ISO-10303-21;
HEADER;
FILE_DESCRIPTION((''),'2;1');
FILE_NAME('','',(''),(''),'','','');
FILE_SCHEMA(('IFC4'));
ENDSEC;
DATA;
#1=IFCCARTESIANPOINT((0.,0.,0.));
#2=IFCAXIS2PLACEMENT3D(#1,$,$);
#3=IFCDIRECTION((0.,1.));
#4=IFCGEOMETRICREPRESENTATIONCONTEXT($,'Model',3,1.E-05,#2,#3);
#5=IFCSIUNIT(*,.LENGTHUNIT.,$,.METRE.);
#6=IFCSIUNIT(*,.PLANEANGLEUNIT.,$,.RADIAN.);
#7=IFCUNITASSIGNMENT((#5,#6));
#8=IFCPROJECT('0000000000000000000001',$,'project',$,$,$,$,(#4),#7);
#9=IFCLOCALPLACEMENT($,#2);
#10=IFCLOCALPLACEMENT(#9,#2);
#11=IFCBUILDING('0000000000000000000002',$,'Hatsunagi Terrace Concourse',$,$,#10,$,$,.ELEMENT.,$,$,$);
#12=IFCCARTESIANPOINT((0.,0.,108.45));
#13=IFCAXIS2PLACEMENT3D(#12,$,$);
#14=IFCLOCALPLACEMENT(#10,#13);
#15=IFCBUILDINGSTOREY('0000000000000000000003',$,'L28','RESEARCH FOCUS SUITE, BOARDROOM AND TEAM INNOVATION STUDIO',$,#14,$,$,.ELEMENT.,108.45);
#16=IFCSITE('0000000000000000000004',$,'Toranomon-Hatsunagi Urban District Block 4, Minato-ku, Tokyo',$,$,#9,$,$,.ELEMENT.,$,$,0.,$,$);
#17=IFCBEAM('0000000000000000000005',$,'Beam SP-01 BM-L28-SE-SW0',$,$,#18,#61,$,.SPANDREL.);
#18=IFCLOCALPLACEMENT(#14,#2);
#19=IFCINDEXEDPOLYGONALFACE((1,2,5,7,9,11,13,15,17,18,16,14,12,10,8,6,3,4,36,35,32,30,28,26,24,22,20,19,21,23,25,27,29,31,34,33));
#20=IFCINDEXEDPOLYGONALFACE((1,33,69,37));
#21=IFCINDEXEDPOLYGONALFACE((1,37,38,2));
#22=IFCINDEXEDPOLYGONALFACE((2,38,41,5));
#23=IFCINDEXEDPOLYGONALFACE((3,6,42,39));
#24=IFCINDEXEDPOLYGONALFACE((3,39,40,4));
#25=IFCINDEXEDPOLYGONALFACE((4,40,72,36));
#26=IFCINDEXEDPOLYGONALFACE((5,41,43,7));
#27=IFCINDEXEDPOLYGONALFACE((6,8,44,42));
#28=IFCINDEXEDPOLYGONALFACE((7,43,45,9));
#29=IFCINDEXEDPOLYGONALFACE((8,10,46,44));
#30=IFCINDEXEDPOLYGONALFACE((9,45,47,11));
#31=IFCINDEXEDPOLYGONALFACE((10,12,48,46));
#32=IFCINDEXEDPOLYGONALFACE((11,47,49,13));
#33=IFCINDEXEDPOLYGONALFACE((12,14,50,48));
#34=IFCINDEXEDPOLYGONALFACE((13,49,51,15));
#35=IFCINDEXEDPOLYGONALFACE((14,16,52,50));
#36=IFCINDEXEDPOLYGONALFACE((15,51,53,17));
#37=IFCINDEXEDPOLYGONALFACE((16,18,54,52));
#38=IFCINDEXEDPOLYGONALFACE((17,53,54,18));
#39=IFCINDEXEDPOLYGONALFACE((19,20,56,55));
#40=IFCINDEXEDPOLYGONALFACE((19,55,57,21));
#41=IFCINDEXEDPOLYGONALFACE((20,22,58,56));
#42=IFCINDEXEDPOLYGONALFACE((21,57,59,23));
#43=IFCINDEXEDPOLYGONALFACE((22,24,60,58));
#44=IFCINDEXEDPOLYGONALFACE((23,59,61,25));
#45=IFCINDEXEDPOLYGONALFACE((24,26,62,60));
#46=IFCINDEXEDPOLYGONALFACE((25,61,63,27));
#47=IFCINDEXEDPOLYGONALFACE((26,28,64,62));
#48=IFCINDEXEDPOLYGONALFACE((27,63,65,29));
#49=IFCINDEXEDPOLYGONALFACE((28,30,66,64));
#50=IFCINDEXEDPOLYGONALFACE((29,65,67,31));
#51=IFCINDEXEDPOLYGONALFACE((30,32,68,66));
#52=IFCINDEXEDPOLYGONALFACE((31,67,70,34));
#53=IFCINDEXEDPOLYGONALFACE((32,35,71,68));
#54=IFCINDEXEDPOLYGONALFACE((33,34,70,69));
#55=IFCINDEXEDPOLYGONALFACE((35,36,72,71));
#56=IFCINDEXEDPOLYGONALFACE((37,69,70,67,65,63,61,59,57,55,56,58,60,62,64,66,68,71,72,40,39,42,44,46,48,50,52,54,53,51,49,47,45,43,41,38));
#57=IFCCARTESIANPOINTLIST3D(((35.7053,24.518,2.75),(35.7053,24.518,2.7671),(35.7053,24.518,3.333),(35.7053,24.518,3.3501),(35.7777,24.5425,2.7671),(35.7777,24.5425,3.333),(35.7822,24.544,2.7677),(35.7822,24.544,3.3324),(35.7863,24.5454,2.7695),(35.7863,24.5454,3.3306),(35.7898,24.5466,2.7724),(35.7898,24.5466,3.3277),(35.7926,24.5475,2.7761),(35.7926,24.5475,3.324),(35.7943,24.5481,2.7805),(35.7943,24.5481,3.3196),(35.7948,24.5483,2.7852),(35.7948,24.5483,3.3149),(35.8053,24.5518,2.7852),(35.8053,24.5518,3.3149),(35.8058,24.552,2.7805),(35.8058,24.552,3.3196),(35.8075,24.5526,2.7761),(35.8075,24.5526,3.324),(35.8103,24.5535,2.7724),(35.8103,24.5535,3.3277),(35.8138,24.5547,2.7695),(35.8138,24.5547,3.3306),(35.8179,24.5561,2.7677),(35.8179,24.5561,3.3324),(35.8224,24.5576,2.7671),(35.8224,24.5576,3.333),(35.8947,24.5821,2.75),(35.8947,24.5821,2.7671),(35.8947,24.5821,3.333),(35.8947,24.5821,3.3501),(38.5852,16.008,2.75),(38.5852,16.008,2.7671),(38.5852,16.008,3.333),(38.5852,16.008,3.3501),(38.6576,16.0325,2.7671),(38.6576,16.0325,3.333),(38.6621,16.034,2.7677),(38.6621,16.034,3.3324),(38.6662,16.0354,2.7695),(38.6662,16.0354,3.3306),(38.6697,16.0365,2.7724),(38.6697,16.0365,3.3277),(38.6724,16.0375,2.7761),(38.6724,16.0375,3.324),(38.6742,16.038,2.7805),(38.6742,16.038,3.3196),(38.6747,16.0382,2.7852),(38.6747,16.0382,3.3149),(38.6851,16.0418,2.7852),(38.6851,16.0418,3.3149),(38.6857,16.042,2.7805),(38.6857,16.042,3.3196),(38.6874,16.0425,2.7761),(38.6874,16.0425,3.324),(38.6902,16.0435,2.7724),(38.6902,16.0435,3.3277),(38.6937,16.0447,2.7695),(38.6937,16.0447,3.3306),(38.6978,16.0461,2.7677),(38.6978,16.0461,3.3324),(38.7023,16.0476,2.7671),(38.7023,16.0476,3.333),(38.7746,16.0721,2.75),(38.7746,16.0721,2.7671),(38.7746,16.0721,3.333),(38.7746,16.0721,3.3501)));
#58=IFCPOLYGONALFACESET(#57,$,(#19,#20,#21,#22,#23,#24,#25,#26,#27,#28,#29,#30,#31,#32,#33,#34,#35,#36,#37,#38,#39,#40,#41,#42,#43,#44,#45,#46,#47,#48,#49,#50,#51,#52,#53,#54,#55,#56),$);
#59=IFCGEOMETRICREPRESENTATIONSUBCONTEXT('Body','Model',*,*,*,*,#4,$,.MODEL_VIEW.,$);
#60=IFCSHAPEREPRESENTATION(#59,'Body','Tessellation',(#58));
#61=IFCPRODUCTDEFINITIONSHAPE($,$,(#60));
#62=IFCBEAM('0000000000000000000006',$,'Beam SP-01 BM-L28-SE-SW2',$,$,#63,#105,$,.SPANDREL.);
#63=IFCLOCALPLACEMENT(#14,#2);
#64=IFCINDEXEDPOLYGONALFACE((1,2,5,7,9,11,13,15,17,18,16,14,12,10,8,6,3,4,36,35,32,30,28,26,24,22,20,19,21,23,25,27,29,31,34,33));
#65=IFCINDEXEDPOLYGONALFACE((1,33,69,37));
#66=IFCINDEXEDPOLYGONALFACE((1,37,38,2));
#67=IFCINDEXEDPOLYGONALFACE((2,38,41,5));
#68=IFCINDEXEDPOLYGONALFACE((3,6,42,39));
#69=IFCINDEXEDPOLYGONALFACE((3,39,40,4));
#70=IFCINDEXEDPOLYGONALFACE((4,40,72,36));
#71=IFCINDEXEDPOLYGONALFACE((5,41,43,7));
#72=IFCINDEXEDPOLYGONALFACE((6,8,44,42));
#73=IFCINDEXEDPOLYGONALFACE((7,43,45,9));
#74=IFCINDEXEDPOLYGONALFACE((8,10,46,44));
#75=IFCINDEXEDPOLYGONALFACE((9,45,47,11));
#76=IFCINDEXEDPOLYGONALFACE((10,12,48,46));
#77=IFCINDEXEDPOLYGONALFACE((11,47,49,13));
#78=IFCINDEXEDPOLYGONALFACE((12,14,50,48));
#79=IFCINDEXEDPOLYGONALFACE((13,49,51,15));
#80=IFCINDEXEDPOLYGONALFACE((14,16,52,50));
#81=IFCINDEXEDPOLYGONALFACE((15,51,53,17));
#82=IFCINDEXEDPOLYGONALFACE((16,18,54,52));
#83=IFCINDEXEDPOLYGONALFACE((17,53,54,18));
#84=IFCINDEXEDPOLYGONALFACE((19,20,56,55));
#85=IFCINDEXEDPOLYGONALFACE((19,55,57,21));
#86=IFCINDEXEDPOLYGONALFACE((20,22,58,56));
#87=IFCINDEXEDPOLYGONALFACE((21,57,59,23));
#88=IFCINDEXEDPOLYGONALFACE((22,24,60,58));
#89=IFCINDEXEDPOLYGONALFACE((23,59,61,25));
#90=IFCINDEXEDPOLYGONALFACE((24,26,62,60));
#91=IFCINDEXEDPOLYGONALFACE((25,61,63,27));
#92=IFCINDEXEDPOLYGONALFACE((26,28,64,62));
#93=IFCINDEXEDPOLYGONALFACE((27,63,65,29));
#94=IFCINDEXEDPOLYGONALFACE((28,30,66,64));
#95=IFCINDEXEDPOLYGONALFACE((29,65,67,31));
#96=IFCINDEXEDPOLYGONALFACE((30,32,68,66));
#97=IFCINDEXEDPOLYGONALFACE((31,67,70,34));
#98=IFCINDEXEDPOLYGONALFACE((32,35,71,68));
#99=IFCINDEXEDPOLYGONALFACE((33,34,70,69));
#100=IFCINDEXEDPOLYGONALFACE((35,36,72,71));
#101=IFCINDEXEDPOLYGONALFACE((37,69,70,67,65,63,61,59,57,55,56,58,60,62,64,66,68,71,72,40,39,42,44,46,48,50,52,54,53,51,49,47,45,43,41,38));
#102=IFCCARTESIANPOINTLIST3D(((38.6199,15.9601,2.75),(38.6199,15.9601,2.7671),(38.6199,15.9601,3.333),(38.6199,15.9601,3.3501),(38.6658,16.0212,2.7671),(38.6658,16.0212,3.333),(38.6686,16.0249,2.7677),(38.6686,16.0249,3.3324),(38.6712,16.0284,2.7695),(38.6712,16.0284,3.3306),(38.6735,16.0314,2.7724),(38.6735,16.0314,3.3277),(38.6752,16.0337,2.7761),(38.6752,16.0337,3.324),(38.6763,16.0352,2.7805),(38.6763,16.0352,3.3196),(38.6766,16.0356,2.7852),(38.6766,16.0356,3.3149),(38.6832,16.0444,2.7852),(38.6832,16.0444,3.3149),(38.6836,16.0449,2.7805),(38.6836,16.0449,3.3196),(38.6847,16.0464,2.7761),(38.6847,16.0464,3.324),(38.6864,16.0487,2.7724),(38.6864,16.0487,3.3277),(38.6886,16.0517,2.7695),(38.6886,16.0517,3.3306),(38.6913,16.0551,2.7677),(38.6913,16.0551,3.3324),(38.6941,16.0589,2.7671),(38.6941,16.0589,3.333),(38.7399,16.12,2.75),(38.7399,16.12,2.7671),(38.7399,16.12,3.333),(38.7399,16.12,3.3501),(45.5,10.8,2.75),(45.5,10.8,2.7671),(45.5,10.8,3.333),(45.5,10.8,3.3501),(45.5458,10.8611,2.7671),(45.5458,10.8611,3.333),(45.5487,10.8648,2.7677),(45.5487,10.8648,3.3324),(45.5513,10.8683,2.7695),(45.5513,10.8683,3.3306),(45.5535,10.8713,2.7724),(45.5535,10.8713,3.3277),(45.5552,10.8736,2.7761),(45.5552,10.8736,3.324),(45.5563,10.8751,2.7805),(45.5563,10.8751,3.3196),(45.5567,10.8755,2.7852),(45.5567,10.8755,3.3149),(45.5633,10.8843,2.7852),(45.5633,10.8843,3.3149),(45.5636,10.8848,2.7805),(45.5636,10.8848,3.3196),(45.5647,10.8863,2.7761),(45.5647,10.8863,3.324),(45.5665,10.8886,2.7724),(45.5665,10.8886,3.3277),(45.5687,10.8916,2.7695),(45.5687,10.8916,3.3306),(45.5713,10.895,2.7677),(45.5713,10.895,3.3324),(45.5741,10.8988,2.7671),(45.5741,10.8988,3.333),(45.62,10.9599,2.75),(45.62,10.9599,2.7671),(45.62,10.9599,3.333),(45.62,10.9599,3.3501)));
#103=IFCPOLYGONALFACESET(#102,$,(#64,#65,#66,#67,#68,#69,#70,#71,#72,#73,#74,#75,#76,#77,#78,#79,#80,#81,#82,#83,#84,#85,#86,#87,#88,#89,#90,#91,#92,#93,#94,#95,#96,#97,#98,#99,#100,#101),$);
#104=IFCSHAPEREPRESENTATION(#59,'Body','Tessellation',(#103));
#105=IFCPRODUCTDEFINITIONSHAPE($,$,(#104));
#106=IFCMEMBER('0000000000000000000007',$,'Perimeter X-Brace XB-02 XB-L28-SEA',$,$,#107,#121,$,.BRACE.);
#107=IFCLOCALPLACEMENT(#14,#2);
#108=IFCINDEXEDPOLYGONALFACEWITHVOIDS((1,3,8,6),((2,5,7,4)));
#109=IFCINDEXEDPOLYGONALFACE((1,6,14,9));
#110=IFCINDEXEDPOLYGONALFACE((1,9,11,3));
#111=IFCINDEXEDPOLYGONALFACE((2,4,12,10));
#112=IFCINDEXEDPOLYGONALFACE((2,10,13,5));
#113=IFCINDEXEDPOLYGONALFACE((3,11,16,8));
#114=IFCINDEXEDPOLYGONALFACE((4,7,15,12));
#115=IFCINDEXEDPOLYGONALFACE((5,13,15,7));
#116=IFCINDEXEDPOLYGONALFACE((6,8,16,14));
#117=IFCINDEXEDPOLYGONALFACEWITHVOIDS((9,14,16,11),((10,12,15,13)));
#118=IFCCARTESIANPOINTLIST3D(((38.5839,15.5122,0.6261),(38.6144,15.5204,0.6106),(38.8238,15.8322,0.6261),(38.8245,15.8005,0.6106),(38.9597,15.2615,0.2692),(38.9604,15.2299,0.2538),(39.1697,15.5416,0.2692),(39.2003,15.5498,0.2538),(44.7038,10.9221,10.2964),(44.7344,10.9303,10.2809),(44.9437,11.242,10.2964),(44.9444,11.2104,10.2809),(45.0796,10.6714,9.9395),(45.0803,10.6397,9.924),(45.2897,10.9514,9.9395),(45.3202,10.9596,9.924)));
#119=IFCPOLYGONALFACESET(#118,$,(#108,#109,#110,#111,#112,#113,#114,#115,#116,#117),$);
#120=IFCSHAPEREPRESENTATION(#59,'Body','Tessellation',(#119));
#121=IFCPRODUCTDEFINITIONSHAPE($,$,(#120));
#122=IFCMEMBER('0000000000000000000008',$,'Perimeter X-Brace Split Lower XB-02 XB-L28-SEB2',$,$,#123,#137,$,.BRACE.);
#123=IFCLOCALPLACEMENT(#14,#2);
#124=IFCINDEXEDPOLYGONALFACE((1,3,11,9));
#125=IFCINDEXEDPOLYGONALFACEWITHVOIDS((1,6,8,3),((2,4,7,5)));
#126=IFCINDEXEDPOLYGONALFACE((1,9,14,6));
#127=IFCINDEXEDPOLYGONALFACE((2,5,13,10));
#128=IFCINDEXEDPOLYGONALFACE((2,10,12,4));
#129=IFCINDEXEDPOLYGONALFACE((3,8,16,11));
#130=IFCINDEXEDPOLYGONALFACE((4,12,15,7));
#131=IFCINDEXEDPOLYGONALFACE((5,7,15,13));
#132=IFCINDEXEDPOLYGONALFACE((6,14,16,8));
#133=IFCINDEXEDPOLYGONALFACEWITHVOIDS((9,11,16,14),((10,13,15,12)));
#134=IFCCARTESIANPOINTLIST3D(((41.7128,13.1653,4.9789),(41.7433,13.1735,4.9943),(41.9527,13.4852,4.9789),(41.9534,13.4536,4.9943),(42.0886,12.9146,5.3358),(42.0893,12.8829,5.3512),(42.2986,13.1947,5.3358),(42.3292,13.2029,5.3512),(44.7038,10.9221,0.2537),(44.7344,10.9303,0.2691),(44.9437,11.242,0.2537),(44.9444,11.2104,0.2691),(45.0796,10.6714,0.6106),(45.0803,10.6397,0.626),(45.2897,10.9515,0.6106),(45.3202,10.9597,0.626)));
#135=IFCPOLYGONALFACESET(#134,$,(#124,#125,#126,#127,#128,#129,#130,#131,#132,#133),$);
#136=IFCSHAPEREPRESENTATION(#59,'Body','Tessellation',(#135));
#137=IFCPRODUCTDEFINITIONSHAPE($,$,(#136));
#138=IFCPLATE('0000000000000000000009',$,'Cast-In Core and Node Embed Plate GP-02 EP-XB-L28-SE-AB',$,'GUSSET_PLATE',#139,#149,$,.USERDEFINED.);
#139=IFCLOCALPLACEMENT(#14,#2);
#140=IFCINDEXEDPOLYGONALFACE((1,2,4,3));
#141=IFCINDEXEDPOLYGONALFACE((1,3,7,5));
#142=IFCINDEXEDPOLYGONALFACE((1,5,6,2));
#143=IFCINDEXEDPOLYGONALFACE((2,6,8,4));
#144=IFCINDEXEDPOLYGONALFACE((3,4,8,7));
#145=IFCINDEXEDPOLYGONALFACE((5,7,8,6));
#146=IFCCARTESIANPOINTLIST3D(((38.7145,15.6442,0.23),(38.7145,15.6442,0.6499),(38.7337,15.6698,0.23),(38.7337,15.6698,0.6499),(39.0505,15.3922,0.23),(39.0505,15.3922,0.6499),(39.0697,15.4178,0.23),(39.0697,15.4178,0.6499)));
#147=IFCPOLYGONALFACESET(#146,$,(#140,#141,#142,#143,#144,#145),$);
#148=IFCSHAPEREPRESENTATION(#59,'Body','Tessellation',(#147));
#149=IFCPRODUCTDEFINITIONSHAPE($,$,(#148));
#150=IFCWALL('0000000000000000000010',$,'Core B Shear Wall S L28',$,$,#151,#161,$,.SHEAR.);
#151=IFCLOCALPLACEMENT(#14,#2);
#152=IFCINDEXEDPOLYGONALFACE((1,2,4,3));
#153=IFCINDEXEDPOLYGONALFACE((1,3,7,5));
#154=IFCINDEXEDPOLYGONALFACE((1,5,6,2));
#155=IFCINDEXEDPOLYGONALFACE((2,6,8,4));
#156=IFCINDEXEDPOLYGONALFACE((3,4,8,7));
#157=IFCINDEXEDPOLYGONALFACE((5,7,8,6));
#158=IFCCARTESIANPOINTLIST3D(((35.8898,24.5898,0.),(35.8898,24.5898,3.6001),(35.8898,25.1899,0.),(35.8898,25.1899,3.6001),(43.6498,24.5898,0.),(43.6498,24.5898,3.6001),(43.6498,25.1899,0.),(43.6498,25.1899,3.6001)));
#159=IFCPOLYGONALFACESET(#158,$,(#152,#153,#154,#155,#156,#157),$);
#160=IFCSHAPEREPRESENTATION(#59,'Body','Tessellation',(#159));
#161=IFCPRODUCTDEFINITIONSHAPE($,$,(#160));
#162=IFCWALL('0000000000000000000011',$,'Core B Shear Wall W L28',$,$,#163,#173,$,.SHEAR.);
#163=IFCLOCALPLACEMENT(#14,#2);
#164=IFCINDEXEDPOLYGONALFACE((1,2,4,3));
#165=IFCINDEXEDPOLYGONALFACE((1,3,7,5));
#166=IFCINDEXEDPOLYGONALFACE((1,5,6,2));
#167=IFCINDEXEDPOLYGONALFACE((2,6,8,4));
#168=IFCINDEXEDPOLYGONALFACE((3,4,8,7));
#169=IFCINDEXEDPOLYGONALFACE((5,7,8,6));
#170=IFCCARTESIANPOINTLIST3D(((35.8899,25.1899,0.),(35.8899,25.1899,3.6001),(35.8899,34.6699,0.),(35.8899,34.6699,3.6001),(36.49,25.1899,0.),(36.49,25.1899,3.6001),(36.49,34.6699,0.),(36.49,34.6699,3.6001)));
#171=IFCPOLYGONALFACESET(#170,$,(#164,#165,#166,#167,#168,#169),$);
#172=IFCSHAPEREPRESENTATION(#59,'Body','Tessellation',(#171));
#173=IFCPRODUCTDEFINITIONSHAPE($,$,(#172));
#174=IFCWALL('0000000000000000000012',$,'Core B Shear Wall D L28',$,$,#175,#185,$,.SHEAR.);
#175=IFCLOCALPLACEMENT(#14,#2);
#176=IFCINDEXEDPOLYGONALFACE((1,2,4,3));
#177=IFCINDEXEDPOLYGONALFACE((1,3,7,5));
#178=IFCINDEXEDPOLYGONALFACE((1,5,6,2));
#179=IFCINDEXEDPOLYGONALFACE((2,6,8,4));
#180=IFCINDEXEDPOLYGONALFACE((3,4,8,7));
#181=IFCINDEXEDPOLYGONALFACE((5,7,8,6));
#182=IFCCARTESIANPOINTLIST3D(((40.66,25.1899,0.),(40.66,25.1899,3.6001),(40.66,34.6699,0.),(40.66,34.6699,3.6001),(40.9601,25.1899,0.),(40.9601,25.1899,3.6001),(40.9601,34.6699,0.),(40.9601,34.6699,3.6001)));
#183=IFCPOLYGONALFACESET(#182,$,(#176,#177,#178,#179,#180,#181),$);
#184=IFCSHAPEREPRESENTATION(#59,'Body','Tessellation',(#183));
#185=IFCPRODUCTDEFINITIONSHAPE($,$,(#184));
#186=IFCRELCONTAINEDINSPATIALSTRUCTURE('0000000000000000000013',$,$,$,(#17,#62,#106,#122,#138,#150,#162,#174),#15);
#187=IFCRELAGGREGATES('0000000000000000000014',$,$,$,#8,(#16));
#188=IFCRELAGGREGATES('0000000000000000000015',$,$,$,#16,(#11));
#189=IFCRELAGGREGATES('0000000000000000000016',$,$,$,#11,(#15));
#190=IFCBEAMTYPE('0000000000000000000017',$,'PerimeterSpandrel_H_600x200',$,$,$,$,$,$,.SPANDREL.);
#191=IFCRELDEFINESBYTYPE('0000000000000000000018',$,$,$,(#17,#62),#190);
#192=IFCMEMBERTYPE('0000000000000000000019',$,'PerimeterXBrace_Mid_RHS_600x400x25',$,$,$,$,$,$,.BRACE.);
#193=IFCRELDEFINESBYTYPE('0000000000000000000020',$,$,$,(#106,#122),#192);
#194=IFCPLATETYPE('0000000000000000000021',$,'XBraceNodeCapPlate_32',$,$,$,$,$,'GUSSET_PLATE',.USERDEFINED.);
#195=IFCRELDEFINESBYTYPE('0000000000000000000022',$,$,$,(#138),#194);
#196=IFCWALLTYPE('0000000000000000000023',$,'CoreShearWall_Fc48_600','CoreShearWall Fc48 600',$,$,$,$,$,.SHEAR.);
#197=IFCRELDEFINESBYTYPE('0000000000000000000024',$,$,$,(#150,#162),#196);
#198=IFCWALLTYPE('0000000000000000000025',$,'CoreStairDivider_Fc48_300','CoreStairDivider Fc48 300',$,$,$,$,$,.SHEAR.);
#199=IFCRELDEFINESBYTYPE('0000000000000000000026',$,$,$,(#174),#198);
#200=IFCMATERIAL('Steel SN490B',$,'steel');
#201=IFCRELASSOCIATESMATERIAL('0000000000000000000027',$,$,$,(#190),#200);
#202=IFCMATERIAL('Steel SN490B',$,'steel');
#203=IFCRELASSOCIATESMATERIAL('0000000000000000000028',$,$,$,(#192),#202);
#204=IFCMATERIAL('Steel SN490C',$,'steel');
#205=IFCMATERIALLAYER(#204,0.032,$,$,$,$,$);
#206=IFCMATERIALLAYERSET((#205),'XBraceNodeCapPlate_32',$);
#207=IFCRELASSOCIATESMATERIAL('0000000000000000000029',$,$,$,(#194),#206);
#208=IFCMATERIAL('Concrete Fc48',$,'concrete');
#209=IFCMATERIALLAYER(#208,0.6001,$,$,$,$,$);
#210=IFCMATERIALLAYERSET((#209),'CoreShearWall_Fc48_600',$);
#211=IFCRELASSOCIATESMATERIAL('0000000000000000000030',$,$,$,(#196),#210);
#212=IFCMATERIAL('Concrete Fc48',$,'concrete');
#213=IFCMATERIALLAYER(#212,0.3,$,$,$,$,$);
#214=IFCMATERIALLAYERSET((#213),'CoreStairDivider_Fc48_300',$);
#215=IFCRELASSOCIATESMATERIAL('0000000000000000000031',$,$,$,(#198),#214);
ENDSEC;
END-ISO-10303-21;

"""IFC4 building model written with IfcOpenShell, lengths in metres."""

from ifc_helpers import new_model, si_unit, direction, frame, frame_2d, origin, origin_2d, place, context, subcontext, project, spatial, rectangle, hollow_rectangle, i_section, extrude, material, layer, layer_set, material_profile, profile_set, type_object, element, save


model = new_model("IFC4")

# Units and contexts
model_context = context("Model", 3, precision=1e-05, world=origin(), true_north=direction((0.0, 1.0)))
body_context = subcontext(model_context, "Body", "Model", "MODEL_VIEW")
ifc_project = project(units=[si_unit("LENGTHUNIT", "METRE"), si_unit("PLANEANGLEUNIT", "RADIAN")], contexts=[model_context])

# Site, building, storey
site_placement = place(None, origin())
site = spatial("IfcSite", under=ifc_project, at=site_placement, Name="Toranomon-Hatsunagi Urban District Block 4, Minato-ku, Tokyo", CompositionType="ELEMENT", RefElevation=0.0)
building_placement = place(site_placement, origin())
building = spatial("IfcBuilding", under=site, at=building_placement, Name="Hatsunagi Terrace Concourse", CompositionType="ELEMENT")
storey_placement = place(building_placement, frame((0.0, 0.0, 108.45)))
storey = spatial("IfcBuildingStorey", under=building, at=storey_placement, Name="L28", Description="RESEARCH FOCUS SUITE, BOARDROOM AND TEAM INNOVATION STUDIO", CompositionType="ELEMENT", Elevation=108.45)

# Beams
ifc_material_1 = material(Name="Steel SN490B", Category="steel")
ifc_material_profile_1 = material_profile(ifc_material_1, i_section(OverallWidth=0.2, OverallDepth=0.6001, WebThickness=0.011, FlangeThickness=0.0171, FilletRadius=0.0181, at=origin_2d()), Name="H-600x200x11x17")
ifc_profile_set_1 = profile_set([ifc_material_profile_1], Name="Steel SN490B")
beam_type_1 = type_object("IfcBeamType", Name="PerimeterSpandrel_H_600x200", PredefinedType="SPANDREL", material=ifc_profile_set_1)
beam_1_placement = place(storey_placement, frame((35.8, 24.55, 3.05), z_axis=(0.320553, -0.94723, 0.0), x_axis=(0.94723, 0.320553, 0.0)))
element("IfcBeam", 1, at=beam_1_placement, inside=storey, type_object=beam_type_1, Name="Beam SP-01 BM-L28-SE-SW0", PredefinedType="SPANDREL", context=body_context, shape_type="SweptSolid", body=[
    extrude(i_section(OverallWidth=0.2, OverallDepth=0.6001, WebThickness=0.011, FlangeThickness=0.0171, FilletRadius=0.0181, at=origin_2d()), origin(), (0.0, 0.0, 1.0), 8.9841),
])
beam_2_placement = place(storey_placement, frame((38.6799, 16.04, 3.05), z_axis=(0.799997, -0.600005, 0.0), x_axis=(0.600005, 0.799997, 0.0)))
element("IfcBeam", 2, at=beam_2_placement, inside=storey, type_object=beam_type_1, Name="Beam SP-01 BM-L28-SE-SW2", PredefinedType="SPANDREL", context=body_context, shape_type="SweptSolid", body=[
    extrude(i_section(OverallWidth=0.2, OverallDepth=0.6001, WebThickness=0.011, FlangeThickness=0.0171, FilletRadius=0.0181, at=origin_2d()), origin(), (0.0, 0.0, 1.0), 8.6001),
])

# Members
ifc_material_2 = material(Name="Steel SN490B", Category="steel")
ifc_material_profile_2 = material_profile(ifc_material_2, hollow_rectangle(XDim=0.3999, YDim=0.6001, WallThickness=0.0249, at=origin_2d()), Name="RHS-600x400x25")
ifc_profile_set_2 = profile_set([ifc_material_profile_2], Name="Steel SN490B")
member_type = type_object("IfcMemberType", Name="PerimeterXBrace_Mid_RHS_600x400x25", PredefinedType="BRACE", material=ifc_profile_set_2)
member_1_placement = place(storey_placement, frame((38.8921, 15.531, 0.4399), z_axis=(0.496332, -0.372264, 0.784267), x_axis=(0.600015, 0.799989, 0.0)))
element("IfcMember", 3, at=member_1_placement, inside=storey, type_object=member_type, Name="Perimeter X-Brace XB-02 XB-L28-SEA", PredefinedType="BRACE", context=body_context, shape_type="SweptSolid", body=[
    extrude(hollow_rectangle(XDim=0.3999, YDim=0.6001, WallThickness=0.0249, at=origin_2d()), origin(), (0.0, 0.0, 1.0), 12.3303),
])
member_2_placement = place(storey_placement, frame((42.021, 13.1841, 5.165), z_axis=(0.496401, -0.372291, -0.78421), x_axis=(0.59999, 0.800008, 0.0)))
element("IfcMember", 4, at=member_2_placement, inside=storey, type_object=member_type, Name="Perimeter X-Brace Split Lower XB-02 XB-L28-SEB2", PredefinedType="BRACE", context=body_context, shape_type="SweptSolid", body=[
    extrude(hollow_rectangle(XDim=0.3999, YDim=0.6001, WallThickness=0.0249, at=origin_2d()), origin(), (0.0, 0.0, 1.0), 6.0254),
])

# Plate
ifc_material_3 = material(Name="Steel SN490C", Category="steel")
ifc_layer_1 = layer(ifc_material_3, 0.032)
ifc_layer_set_1 = layer_set([ifc_layer_1], Name="XBraceNodeCapPlate_32")
plate_type = type_object("IfcPlateType", Name="XBraceNodeCapPlate_32", ElementType="GUSSET_PLATE", PredefinedType="USERDEFINED", material=ifc_layer_set_1)
plate_placement = place(storey_placement, frame((38.8921, 15.531, 0.23), z_axis=(0.0, 0.0, 1.0), x_axis=(0.8, -0.6, 0.0)))
element("IfcPlate", 5, at=plate_placement, inside=storey, type_object=plate_type, Name="Cast-In Core and Node Embed Plate GP-02 EP-XB-L28-SE-AB", ObjectType="GUSSET_PLATE", PredefinedType="USERDEFINED", context=body_context, shape_type="SweptSolid", body=[
    extrude(rectangle(XDim=0.4199, YDim=0.032, at=origin_2d()), origin(), (0.0, 0.0, 1.0), 0.4199),
])

# Walls
ifc_material_4 = material(Name="Concrete Fc48", Category="concrete")
ifc_layer_2 = layer(ifc_material_4, 0.6001)
ifc_layer_set_2 = layer_set([ifc_layer_2], Name="CoreShearWall_Fc48_600")
wall_type_1 = type_object("IfcWallType", Name="CoreShearWall_Fc48_600", Description="CoreShearWall Fc48 600", PredefinedType="SHEAR", material=ifc_layer_set_2)
wall_1_placement = place(storey_placement, frame((35.8899, 24.8899, 0.0), z_axis=(0.0, 0.0, 1.0), x_axis=(1.0, 0.0, 0.0)))
element("IfcWall", 6, at=wall_1_placement, inside=storey, type_object=wall_type_1, Name="Core B Shear Wall S L28", PredefinedType="SHEAR", context=body_context, shape_type="SweptSolid", body=[
    extrude(rectangle(XDim=7.76, YDim=0.6001, at=frame_2d((3.8799, 0.0))), origin(), (0.0, 0.0, 1.0), 3.6001),
])
wall_2_placement = place(storey_placement, frame((36.1899, 25.1899, 0.0), z_axis=(0.0, 0.0, 1.0), x_axis=(0.0, 1.0, 0.0)))
element("IfcWall", 7, at=wall_2_placement, inside=storey, type_object=wall_type_1, Name="Core B Shear Wall W L28", PredefinedType="SHEAR", context=body_context, shape_type="SweptSolid", body=[
    extrude(rectangle(XDim=9.48, YDim=0.6001, at=frame_2d((4.74, 0.0))), origin(), (0.0, 0.0, 1.0), 3.6001),
])
ifc_material_5 = material(Name="Concrete Fc48", Category="concrete")
ifc_layer_3 = layer(ifc_material_5, 0.3)
ifc_layer_set_3 = layer_set([ifc_layer_3], Name="CoreStairDivider_Fc48_300")
wall_type_2 = type_object("IfcWallType", Name="CoreStairDivider_Fc48_300", Description="CoreStairDivider Fc48 300", PredefinedType="SHEAR", material=ifc_layer_set_3)
wall_3_placement = place(storey_placement, frame((40.8101, 25.1899, 0.0), z_axis=(0.0, 0.0, 1.0), x_axis=(0.0, 1.0, 0.0)))
element("IfcWall", 8, at=wall_3_placement, inside=storey, type_object=wall_type_2, Name="Core B Shear Wall D L28", PredefinedType="SHEAR", context=body_context, shape_type="SweptSolid", body=[
    extrude(rectangle(XDim=9.48, YDim=0.3, at=frame_2d((4.74, 0.0))), origin(), (0.0, 0.0, 1.0), 3.6001),
])

save(model, "model.ifc")
